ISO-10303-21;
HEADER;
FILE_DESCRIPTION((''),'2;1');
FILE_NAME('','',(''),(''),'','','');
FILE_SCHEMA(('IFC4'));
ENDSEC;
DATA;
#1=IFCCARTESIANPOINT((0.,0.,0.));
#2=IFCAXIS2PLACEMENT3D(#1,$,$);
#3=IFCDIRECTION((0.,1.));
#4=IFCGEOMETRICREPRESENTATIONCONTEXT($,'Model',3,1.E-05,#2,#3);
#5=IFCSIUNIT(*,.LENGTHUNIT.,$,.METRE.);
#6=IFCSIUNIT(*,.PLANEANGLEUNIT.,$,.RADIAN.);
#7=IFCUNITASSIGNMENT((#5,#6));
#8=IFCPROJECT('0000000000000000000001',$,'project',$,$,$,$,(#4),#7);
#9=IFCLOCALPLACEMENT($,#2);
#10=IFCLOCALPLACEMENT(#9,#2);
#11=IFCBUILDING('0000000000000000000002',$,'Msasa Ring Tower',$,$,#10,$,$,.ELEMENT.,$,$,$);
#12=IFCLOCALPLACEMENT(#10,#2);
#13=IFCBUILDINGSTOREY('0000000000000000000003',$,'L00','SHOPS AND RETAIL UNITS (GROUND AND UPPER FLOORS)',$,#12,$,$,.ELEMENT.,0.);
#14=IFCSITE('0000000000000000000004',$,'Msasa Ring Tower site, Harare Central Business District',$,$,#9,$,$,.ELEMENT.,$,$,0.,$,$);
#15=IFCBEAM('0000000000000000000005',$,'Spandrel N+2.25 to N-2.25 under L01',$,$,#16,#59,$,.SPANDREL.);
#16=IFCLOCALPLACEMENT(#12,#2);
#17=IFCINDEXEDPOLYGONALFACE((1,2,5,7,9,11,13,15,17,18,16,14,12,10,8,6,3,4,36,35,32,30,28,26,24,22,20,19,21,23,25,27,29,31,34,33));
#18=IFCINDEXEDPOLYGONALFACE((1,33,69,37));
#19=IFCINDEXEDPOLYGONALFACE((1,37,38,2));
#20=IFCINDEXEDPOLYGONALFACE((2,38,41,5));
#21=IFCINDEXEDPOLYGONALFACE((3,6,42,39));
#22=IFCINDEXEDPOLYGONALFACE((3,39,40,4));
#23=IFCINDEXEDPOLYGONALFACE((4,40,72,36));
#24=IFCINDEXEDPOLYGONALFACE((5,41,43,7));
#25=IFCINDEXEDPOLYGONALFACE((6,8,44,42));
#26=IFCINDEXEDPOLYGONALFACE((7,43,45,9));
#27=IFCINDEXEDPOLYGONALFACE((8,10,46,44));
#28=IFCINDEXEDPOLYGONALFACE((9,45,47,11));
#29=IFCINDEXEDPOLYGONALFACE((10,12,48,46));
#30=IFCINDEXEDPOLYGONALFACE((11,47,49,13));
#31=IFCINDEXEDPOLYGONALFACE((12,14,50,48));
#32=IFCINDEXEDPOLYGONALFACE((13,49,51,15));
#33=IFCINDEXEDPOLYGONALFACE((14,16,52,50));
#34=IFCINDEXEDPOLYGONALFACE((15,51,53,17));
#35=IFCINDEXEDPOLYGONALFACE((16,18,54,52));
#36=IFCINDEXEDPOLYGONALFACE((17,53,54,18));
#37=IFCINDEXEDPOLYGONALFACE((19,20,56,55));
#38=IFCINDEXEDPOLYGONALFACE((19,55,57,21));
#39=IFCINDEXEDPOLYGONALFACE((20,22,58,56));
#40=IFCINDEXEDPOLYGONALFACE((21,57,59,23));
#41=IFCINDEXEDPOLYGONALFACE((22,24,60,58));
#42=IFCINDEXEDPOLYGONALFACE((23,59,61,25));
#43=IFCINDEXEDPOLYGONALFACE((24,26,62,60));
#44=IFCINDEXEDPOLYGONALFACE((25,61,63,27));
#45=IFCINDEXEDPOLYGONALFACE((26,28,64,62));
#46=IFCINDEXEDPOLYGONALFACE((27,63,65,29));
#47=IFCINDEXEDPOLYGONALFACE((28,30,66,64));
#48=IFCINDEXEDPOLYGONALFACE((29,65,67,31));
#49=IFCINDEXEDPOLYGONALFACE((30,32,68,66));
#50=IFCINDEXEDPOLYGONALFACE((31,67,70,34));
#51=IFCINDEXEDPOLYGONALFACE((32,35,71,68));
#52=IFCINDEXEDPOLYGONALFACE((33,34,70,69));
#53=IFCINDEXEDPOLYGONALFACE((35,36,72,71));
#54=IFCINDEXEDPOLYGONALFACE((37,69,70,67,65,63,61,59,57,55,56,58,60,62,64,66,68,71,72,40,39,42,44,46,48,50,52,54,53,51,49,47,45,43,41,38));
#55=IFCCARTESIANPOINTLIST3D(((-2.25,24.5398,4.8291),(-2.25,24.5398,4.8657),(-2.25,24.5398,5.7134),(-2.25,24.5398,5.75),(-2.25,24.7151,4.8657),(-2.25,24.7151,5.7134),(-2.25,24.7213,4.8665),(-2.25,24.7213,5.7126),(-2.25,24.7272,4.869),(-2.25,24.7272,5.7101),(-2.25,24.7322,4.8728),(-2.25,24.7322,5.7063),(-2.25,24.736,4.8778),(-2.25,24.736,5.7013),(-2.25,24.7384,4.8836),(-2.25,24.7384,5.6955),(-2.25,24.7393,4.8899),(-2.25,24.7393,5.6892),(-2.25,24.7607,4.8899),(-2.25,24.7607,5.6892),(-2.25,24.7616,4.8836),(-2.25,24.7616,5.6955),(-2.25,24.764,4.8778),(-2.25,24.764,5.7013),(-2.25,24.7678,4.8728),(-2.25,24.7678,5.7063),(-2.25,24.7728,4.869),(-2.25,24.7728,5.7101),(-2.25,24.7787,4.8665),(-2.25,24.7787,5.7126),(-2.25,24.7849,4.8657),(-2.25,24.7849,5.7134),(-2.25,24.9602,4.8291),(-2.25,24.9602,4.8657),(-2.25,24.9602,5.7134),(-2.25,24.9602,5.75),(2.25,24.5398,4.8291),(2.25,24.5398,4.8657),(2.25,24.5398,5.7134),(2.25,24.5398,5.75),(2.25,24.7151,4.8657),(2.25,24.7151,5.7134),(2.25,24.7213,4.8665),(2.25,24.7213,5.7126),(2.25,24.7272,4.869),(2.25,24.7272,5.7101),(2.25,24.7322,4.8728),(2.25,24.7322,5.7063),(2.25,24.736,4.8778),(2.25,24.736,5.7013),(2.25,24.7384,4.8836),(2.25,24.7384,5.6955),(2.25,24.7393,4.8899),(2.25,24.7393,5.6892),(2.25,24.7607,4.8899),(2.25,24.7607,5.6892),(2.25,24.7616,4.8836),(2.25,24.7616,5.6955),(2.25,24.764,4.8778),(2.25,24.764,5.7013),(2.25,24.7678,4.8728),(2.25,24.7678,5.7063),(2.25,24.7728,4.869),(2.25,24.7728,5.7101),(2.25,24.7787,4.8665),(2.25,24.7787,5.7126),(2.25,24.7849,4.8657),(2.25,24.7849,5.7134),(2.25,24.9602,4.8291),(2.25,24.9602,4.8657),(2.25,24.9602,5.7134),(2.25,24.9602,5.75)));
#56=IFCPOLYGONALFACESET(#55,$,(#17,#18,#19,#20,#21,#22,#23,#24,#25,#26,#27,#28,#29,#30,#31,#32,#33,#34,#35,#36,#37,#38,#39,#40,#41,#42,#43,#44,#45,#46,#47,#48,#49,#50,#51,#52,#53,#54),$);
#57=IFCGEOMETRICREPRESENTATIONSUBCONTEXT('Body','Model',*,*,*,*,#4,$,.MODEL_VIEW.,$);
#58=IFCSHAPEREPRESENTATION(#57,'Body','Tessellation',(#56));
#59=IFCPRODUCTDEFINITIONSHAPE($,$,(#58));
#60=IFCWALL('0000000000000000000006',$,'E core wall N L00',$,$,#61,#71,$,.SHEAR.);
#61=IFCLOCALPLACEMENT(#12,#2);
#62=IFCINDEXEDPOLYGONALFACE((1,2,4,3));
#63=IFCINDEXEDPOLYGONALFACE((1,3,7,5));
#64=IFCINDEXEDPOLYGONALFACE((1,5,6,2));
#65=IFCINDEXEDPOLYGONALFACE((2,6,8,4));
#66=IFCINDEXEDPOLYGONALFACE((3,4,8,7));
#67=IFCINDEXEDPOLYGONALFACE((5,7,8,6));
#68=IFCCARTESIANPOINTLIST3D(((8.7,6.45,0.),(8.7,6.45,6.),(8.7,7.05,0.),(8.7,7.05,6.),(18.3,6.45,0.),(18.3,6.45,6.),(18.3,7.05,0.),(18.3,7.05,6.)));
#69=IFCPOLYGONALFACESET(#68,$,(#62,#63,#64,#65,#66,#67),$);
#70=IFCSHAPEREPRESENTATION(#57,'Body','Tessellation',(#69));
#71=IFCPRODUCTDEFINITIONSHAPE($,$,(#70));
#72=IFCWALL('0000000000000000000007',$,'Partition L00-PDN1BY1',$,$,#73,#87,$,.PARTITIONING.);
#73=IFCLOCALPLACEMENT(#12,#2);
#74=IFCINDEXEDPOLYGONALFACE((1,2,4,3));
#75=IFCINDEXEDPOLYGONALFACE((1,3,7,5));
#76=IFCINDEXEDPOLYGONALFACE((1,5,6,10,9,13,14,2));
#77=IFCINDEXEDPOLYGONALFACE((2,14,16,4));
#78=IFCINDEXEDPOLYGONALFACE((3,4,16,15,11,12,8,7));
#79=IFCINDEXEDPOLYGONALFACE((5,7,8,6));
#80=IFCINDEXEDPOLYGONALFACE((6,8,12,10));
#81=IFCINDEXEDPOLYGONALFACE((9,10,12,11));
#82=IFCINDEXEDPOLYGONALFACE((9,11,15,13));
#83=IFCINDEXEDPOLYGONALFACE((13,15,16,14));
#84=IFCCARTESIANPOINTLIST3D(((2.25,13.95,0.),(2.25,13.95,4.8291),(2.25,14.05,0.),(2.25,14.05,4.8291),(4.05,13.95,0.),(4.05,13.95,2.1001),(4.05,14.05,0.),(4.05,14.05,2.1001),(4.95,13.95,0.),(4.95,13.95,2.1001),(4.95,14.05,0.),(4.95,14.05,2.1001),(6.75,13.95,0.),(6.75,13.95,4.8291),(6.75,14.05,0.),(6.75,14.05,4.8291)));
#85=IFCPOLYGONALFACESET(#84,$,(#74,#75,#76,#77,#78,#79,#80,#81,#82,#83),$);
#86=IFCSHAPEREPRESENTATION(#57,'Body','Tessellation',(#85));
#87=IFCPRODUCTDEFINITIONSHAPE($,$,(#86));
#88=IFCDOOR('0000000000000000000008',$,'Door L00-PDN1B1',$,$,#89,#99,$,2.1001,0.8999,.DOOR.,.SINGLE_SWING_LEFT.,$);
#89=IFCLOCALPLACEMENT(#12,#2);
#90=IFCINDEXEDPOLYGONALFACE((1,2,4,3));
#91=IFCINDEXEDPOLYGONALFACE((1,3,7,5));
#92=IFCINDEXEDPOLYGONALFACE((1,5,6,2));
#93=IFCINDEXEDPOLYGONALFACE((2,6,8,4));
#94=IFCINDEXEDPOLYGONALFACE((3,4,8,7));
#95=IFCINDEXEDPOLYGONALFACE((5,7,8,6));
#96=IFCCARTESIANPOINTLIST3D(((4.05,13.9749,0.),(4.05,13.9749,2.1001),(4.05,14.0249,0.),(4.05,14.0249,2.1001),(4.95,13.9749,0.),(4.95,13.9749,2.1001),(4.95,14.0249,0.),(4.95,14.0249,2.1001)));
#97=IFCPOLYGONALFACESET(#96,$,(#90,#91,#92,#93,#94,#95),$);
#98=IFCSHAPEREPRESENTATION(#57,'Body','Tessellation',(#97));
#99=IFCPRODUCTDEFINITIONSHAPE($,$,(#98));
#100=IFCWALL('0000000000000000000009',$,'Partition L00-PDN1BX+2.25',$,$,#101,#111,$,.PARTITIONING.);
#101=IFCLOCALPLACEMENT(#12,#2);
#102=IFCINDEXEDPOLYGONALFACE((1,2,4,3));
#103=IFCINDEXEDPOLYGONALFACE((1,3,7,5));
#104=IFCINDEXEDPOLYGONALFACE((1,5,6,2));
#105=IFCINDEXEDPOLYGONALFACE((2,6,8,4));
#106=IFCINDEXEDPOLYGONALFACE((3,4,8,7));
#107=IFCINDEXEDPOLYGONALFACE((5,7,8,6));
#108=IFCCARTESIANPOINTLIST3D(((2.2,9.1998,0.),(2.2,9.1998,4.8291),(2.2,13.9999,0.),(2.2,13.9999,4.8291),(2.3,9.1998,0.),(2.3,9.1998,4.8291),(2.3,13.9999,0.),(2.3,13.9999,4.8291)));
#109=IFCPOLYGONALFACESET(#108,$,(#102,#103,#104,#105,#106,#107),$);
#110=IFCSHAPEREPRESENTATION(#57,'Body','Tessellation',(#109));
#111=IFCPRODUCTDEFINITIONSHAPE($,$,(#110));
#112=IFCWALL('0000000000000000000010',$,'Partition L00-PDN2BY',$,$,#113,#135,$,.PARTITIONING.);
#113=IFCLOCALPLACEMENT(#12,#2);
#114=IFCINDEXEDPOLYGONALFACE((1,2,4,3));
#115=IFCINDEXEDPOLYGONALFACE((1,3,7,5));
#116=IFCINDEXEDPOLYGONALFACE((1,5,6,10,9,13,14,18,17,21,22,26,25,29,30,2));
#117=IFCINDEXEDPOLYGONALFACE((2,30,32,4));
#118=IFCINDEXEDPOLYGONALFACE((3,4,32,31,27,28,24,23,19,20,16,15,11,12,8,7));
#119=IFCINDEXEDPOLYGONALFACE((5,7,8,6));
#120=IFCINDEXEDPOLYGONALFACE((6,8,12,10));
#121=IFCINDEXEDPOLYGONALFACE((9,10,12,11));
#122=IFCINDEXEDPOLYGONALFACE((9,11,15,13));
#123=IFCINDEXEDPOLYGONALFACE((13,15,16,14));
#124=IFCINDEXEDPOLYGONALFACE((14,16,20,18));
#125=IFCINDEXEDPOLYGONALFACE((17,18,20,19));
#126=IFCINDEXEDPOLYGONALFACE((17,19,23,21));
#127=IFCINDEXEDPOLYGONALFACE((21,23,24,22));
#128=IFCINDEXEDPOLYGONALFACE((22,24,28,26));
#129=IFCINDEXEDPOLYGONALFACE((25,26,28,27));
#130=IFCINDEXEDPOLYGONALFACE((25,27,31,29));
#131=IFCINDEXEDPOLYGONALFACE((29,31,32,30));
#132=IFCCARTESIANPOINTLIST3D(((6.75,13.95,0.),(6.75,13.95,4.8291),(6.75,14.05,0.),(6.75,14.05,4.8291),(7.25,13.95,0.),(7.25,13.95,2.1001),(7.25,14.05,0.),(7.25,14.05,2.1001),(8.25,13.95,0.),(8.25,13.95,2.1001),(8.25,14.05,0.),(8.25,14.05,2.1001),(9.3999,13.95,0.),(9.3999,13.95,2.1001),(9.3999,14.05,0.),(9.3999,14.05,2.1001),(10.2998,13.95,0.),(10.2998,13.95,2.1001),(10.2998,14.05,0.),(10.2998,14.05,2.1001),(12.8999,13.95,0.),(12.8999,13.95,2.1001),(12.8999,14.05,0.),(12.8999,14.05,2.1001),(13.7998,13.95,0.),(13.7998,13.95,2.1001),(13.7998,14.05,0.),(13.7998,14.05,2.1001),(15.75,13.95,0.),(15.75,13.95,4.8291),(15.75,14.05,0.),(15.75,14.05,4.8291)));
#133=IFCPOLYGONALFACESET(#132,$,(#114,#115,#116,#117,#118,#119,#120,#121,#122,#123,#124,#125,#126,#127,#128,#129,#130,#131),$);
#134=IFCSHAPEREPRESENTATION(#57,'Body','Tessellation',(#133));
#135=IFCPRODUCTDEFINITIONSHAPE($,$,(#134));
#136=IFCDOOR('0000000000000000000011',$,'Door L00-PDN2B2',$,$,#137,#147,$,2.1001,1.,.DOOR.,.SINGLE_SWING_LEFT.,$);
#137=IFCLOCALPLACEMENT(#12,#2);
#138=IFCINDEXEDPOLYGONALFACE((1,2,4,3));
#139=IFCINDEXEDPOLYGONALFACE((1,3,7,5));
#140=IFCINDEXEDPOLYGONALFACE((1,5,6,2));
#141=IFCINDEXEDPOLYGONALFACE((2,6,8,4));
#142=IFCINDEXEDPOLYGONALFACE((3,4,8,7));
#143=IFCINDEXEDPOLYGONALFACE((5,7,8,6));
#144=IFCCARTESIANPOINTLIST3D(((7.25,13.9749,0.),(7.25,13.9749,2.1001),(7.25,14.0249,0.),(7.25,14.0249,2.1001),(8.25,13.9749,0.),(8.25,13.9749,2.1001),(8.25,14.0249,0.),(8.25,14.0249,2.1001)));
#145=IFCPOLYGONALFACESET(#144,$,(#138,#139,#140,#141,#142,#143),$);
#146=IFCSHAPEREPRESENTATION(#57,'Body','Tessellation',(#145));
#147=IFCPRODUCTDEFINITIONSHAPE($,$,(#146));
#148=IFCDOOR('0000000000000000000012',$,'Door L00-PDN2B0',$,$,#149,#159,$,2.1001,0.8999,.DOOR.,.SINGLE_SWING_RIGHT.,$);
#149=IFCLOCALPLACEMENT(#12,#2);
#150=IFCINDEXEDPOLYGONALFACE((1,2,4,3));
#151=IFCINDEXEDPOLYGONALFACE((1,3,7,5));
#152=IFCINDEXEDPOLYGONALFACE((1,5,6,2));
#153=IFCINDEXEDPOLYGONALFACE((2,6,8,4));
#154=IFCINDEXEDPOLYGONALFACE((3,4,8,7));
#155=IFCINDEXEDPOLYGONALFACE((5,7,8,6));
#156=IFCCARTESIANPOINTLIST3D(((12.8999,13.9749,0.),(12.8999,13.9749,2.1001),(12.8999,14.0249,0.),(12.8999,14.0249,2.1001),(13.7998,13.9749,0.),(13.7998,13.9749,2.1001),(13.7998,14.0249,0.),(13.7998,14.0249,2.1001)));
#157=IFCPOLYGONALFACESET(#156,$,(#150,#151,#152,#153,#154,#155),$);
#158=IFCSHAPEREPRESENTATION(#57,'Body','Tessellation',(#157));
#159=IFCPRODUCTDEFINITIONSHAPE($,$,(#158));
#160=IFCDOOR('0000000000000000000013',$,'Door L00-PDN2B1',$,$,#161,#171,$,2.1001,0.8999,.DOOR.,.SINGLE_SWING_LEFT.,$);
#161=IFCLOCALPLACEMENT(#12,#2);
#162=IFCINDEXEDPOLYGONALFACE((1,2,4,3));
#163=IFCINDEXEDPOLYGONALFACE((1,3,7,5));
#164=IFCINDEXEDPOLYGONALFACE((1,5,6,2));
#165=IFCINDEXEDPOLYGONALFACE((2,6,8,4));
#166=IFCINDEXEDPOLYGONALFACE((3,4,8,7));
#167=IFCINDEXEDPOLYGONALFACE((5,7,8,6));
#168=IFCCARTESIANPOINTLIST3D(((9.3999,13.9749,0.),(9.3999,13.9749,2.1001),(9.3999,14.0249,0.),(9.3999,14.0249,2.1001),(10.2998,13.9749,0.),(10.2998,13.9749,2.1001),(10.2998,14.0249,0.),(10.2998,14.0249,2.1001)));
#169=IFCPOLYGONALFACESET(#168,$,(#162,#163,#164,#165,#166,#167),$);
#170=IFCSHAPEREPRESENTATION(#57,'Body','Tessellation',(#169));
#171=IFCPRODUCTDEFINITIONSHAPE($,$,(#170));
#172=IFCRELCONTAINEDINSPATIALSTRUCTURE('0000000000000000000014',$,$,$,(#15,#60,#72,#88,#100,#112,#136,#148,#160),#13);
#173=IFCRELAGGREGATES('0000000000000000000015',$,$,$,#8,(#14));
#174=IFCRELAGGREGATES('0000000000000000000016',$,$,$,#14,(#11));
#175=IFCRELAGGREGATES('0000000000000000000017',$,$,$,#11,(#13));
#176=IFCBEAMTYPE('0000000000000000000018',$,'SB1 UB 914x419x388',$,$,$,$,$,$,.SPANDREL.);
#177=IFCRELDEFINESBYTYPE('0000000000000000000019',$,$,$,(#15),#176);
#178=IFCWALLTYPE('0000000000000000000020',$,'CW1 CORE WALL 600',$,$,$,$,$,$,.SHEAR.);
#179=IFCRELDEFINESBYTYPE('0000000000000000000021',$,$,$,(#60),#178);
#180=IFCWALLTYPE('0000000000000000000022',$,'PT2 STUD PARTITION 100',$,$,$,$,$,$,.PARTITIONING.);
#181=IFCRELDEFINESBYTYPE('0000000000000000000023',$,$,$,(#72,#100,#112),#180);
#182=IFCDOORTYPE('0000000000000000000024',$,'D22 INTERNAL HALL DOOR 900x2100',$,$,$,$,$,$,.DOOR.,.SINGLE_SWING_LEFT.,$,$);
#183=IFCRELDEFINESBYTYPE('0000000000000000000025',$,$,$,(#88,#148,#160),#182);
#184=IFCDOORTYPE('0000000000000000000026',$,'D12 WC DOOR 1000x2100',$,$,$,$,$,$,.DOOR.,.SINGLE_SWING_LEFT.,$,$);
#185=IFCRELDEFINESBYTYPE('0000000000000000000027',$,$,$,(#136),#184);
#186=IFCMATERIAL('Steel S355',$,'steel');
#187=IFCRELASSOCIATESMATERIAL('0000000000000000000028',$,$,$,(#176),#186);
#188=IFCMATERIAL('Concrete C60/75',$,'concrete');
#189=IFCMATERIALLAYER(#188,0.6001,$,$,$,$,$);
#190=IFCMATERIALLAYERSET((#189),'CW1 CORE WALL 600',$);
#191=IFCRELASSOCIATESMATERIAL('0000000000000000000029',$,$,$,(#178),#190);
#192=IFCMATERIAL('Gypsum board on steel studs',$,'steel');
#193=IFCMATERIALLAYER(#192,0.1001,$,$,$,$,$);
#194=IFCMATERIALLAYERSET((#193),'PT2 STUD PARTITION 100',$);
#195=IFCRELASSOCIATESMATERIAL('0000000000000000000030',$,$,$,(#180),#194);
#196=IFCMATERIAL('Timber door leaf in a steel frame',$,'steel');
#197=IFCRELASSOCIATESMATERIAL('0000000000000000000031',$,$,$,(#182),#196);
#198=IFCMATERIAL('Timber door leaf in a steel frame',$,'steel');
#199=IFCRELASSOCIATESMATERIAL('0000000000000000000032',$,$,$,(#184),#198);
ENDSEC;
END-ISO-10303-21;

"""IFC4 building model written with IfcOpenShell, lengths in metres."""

from ifc_helpers import new_model, si_unit, direction, frame, frame_2d, origin, origin_2d, place, context, subcontext, project, spatial, rectangle, i_section, extrude, material, layer, layer_set, material_profile, profile_set, type_object, element, fill, save


model = new_model("IFC4")

# Units and contexts
model_context = context("Model", 3, precision=1e-05, world=origin(), true_north=direction((0.0, 1.0)))
body_context = subcontext(model_context, "Body", "Model", "MODEL_VIEW")
ifc_project = project(units=[si_unit("LENGTHUNIT", "METRE"), si_unit("PLANEANGLEUNIT", "RADIAN")], contexts=[model_context])

# Site, building, storey
site_placement = place(None, origin())
site = spatial("IfcSite", under=ifc_project, at=site_placement, Name="Msasa Ring Tower site, Harare Central Business District", CompositionType="ELEMENT", RefElevation=0.0)
building_placement = place(site_placement, origin())
building = spatial("IfcBuilding", under=site, at=building_placement, Name="Msasa Ring Tower", CompositionType="ELEMENT")
storey_placement = place(building_placement, origin())
storey = spatial("IfcBuildingStorey", under=building, at=storey_placement, Name="L00", Description="SHOPS AND RETAIL UNITS (GROUND AND UPPER FLOORS)", CompositionType="ELEMENT", Elevation=0.0)

# Beam
ifc_material_1 = material(Name="Steel S355", Category="steel")
ifc_material_profile_1 = material_profile(ifc_material_1, i_section(OverallWidth=0.4204, OverallDepth=0.9209, WebThickness=0.0215, FlangeThickness=0.0366, FilletRadius=0.0242, at=origin_2d()), Name="UB 914x419x388")
ifc_profile_set_1 = profile_set([ifc_material_profile_1], Name="Steel S355")
beam_type_1 = type_object("IfcBeamType", Name="SB1 UB 914x419x388", PredefinedType="SPANDREL", material=ifc_profile_set_1)
beam_1_placement = place(storey_placement, frame((2.25, 24.75, 5.2896), z_axis=(-1.0, 0.0, 0.0), x_axis=(0.0, -1.0, 0.0)))
element("IfcBeam", 1, at=beam_1_placement, inside=storey, type_object=beam_type_1, Name="Spandrel N+2.25 to N-2.25 under L01", PredefinedType="SPANDREL", context=body_context, shape_type="SweptSolid", body=[
    extrude(i_section(OverallWidth=0.4204, OverallDepth=0.9209, WebThickness=0.0215, FlangeThickness=0.0366, FilletRadius=0.0242, at=origin_2d()), origin(), (0.0, 0.0, 1.0), 4.5),
])

# Wall
ifc_material_2 = material(Name="Concrete C60/75", Category="concrete")
ifc_layer_1 = layer(ifc_material_2, 0.6001)
ifc_layer_set_1 = layer_set([ifc_layer_1], Name="CW1 CORE WALL 600")
wall_type_1 = type_object("IfcWallType", Name="CW1 CORE WALL 600", PredefinedType="SHEAR", material=ifc_layer_set_1)
wall_1_placement = place(storey_placement, frame((8.7, 6.75, 0.0), z_axis=(0.0, 0.0, 1.0), x_axis=(1.0, 0.0, 0.0)))
element("IfcWall", 2, at=wall_1_placement, inside=storey, type_object=wall_type_1, Name="E core wall N L00", PredefinedType="SHEAR", context=body_context, shape_type="SweptSolid", body=[
    extrude(rectangle(XDim=9.6001, YDim=0.6001, at=frame_2d((4.8, 0.0))), origin(), (0.0, 0.0, 1.0), 6.0),
])

# Wall, opening, door
ifc_material_3 = material(Name="Gypsum board on steel studs", Category="steel")
ifc_layer_2 = layer(ifc_material_3, 0.1001)
ifc_layer_set_2 = layer_set([ifc_layer_2], Name="PT2 STUD PARTITION 100")
wall_type_2 = type_object("IfcWallType", Name="PT2 STUD PARTITION 100", PredefinedType="PARTITIONING", material=ifc_layer_set_2)
wall_2_placement = place(storey_placement, frame((2.25, 14.0, 0.0), z_axis=(0.0, 0.0, 1.0), x_axis=(1.0, 0.0, 0.0)))
wall_2 = element("IfcWall", 3, at=wall_2_placement, inside=storey, type_object=wall_type_2, Name="Partition L00-PDN1BY1", PredefinedType="PARTITIONING", context=body_context, shape_type="SweptSolid", body=[
    extrude(rectangle(XDim=4.5, YDim=0.1001, at=frame_2d((2.25, 0.0))), origin(), (0.0, 0.0, 1.0), 4.8291),
])
opening_1_placement = place(wall_2_placement, frame((1.8, 0.0, 0.0)))
opening_1 = element("IfcOpeningElement", 4, at=opening_1_placement, cuts=wall_2, PredefinedType="OPENING", context=body_context, shape_type="SweptSolid", body=[
    extrude(rectangle(XDim=0.8999, YDim=2.1001, at=frame_2d((0.45, 1.05))), frame((0.0, 0.0601, 0.0), z_axis=(0.0, -1.0, 0.0), x_axis=(1.0, 0.0, 0.0)), (0.0, 0.0, 1.0), 0.1201),
])
ifc_material_4 = material(Name="Timber door leaf in a steel frame", Category="steel")
door_type_1 = type_object("IfcDoorType", Name="D22 INTERNAL HALL DOOR 900x2100", OperationType="SINGLE_SWING_LEFT", PredefinedType="DOOR", material=ifc_material_4)
door_1_placement = place(opening_1_placement, origin())
door_1 = element("IfcDoor", 5, at=door_1_placement, inside=storey, type_object=door_type_1, Name="Door L00-PDN1B1", OperationType="SINGLE_SWING_LEFT", OverallHeight=2.1001, OverallWidth=0.8999, PredefinedType="DOOR", context=body_context, shape_type="SweptSolid", body=[
    extrude(rectangle(XDim=0.8999, YDim=2.1001, at=frame_2d((0.45, 1.05))), frame((0.0, 0.0249, 0.0), z_axis=(0.0, -1.0, 0.0), x_axis=(1.0, 0.0, 0.0)), (0.0, 0.0, 1.0), 0.05),
])
fill(opening_1, door_1)

# Wall
wall_3_placement = place(storey_placement, frame((2.25, 9.2, 0.0), z_axis=(0.0, 0.0, 1.0), x_axis=(0.0, 1.0, 0.0)))
element("IfcWall", 6, at=wall_3_placement, inside=storey, type_object=wall_type_2, Name="Partition L00-PDN1BX+2.25", PredefinedType="PARTITIONING", context=body_context, shape_type="SweptSolid", body=[
    extrude(rectangle(XDim=4.8, YDim=0.1001, at=frame_2d((2.3999, 0.0))), origin(), (0.0, 0.0, 1.0), 4.8291),
])

# Wall, openings, doors
wall_4_placement = place(storey_placement, frame((6.75, 14.0, 0.0), z_axis=(0.0, 0.0, 1.0), x_axis=(1.0, 0.0, 0.0)))
wall_4 = element("IfcWall", 7, at=wall_4_placement, inside=storey, type_object=wall_type_2, Name="Partition L00-PDN2BY", PredefinedType="PARTITIONING", context=body_context, shape_type="SweptSolid", body=[
    extrude(rectangle(XDim=9.0, YDim=0.1001, at=frame_2d((4.5, 0.0))), origin(), (0.0, 0.0, 1.0), 4.8291),
])
opening_2_placement = place(wall_4_placement, frame((6.1499, 0.0, 0.0)))
opening_2 = element("IfcOpeningElement", 8, at=opening_2_placement, cuts=wall_4, PredefinedType="OPENING", context=body_context, shape_type="SweptSolid", body=[
    extrude(rectangle(XDim=0.8999, YDim=2.1001, at=frame_2d((0.45, 1.05))), frame((0.0, 0.0601, 0.0), z_axis=(0.0, -1.0, 0.0), x_axis=(1.0, 0.0, 0.0)), (0.0, 0.0, 1.0), 0.1201),
])
opening_3_placement = place(wall_4_placement, frame((2.6499, 0.0, 0.0)))
opening_3 = element("IfcOpeningElement", 9, at=opening_3_placement, cuts=wall_4, PredefinedType="OPENING", context=body_context, shape_type="SweptSolid", body=[
    extrude(rectangle(XDim=0.8999, YDim=2.1001, at=frame_2d((0.45, 1.05))), frame((0.0, 0.0601, 0.0), z_axis=(0.0, -1.0, 0.0), x_axis=(1.0, 0.0, 0.0)), (0.0, 0.0, 1.0), 0.1201),
])
opening_4_placement = place(wall_4_placement, frame((0.5, 0.0, 0.0)))
opening_4 = element("IfcOpeningElement", 10, at=opening_4_placement, cuts=wall_4, PredefinedType="OPENING", context=body_context, shape_type="SweptSolid", body=[
    extrude(rectangle(XDim=1.0, YDim=2.1001, at=frame_2d((0.5, 1.05))), frame((0.0, 0.0601, 0.0), z_axis=(0.0, -1.0, 0.0), x_axis=(1.0, 0.0, 0.0)), (0.0, 0.0, 1.0), 0.1201),
])
ifc_material_5 = material(Name="Timber door leaf in a steel frame", Category="steel")
door_type_2 = type_object("IfcDoorType", Name="D12 WC DOOR 1000x2100", OperationType="SINGLE_SWING_LEFT", PredefinedType="DOOR", material=ifc_material_5)
door_2_placement = place(opening_4_placement, origin())
door_2 = element("IfcDoor", 11, at=door_2_placement, inside=storey, type_object=door_type_2, Name="Door L00-PDN2B2", OperationType="SINGLE_SWING_LEFT", OverallHeight=2.1001, OverallWidth=1.0, PredefinedType="DOOR", context=body_context, shape_type="SweptSolid", body=[
    extrude(rectangle(XDim=1.0, YDim=2.1001, at=frame_2d((0.5, 1.05))), frame((0.0, 0.0249, 0.0), z_axis=(0.0, -1.0, 0.0), x_axis=(1.0, 0.0, 0.0)), (0.0, 0.0, 1.0), 0.05),
])
fill(opening_4, door_2)
door_3_placement = place(opening_2_placement, origin())
door_3 = element("IfcDoor", 12, at=door_3_placement, inside=storey, type_object=door_type_1, Name="Door L00-PDN2B0", OperationType="SINGLE_SWING_RIGHT", OverallHeight=2.1001, OverallWidth=0.8999, PredefinedType="DOOR", context=body_context, shape_type="SweptSolid", body=[
    extrude(rectangle(XDim=0.8999, YDim=2.1001, at=frame_2d((0.45, 1.05))), frame((0.0, 0.0249, 0.0), z_axis=(0.0, -1.0, 0.0), x_axis=(1.0, 0.0, 0.0)), (0.0, 0.0, 1.0), 0.05),
])
fill(opening_2, door_3)
door_4_placement = place(opening_3_placement, origin())
door_4 = element("IfcDoor", 13, at=door_4_placement, inside=storey, type_object=door_type_1, Name="Door L00-PDN2B1", OperationType="SINGLE_SWING_LEFT", OverallHeight=2.1001, OverallWidth=0.8999, PredefinedType="DOOR", context=body_context, shape_type="SweptSolid", body=[
    extrude(rectangle(XDim=0.8999, YDim=2.1001, at=frame_2d((0.45, 1.05))), frame((0.0, 0.0249, 0.0), z_axis=(0.0, -1.0, 0.0), x_axis=(1.0, 0.0, 0.0)), (0.0, 0.0, 1.0), 0.05),
])
fill(opening_3, door_4)

save(model, "model.ifc")
